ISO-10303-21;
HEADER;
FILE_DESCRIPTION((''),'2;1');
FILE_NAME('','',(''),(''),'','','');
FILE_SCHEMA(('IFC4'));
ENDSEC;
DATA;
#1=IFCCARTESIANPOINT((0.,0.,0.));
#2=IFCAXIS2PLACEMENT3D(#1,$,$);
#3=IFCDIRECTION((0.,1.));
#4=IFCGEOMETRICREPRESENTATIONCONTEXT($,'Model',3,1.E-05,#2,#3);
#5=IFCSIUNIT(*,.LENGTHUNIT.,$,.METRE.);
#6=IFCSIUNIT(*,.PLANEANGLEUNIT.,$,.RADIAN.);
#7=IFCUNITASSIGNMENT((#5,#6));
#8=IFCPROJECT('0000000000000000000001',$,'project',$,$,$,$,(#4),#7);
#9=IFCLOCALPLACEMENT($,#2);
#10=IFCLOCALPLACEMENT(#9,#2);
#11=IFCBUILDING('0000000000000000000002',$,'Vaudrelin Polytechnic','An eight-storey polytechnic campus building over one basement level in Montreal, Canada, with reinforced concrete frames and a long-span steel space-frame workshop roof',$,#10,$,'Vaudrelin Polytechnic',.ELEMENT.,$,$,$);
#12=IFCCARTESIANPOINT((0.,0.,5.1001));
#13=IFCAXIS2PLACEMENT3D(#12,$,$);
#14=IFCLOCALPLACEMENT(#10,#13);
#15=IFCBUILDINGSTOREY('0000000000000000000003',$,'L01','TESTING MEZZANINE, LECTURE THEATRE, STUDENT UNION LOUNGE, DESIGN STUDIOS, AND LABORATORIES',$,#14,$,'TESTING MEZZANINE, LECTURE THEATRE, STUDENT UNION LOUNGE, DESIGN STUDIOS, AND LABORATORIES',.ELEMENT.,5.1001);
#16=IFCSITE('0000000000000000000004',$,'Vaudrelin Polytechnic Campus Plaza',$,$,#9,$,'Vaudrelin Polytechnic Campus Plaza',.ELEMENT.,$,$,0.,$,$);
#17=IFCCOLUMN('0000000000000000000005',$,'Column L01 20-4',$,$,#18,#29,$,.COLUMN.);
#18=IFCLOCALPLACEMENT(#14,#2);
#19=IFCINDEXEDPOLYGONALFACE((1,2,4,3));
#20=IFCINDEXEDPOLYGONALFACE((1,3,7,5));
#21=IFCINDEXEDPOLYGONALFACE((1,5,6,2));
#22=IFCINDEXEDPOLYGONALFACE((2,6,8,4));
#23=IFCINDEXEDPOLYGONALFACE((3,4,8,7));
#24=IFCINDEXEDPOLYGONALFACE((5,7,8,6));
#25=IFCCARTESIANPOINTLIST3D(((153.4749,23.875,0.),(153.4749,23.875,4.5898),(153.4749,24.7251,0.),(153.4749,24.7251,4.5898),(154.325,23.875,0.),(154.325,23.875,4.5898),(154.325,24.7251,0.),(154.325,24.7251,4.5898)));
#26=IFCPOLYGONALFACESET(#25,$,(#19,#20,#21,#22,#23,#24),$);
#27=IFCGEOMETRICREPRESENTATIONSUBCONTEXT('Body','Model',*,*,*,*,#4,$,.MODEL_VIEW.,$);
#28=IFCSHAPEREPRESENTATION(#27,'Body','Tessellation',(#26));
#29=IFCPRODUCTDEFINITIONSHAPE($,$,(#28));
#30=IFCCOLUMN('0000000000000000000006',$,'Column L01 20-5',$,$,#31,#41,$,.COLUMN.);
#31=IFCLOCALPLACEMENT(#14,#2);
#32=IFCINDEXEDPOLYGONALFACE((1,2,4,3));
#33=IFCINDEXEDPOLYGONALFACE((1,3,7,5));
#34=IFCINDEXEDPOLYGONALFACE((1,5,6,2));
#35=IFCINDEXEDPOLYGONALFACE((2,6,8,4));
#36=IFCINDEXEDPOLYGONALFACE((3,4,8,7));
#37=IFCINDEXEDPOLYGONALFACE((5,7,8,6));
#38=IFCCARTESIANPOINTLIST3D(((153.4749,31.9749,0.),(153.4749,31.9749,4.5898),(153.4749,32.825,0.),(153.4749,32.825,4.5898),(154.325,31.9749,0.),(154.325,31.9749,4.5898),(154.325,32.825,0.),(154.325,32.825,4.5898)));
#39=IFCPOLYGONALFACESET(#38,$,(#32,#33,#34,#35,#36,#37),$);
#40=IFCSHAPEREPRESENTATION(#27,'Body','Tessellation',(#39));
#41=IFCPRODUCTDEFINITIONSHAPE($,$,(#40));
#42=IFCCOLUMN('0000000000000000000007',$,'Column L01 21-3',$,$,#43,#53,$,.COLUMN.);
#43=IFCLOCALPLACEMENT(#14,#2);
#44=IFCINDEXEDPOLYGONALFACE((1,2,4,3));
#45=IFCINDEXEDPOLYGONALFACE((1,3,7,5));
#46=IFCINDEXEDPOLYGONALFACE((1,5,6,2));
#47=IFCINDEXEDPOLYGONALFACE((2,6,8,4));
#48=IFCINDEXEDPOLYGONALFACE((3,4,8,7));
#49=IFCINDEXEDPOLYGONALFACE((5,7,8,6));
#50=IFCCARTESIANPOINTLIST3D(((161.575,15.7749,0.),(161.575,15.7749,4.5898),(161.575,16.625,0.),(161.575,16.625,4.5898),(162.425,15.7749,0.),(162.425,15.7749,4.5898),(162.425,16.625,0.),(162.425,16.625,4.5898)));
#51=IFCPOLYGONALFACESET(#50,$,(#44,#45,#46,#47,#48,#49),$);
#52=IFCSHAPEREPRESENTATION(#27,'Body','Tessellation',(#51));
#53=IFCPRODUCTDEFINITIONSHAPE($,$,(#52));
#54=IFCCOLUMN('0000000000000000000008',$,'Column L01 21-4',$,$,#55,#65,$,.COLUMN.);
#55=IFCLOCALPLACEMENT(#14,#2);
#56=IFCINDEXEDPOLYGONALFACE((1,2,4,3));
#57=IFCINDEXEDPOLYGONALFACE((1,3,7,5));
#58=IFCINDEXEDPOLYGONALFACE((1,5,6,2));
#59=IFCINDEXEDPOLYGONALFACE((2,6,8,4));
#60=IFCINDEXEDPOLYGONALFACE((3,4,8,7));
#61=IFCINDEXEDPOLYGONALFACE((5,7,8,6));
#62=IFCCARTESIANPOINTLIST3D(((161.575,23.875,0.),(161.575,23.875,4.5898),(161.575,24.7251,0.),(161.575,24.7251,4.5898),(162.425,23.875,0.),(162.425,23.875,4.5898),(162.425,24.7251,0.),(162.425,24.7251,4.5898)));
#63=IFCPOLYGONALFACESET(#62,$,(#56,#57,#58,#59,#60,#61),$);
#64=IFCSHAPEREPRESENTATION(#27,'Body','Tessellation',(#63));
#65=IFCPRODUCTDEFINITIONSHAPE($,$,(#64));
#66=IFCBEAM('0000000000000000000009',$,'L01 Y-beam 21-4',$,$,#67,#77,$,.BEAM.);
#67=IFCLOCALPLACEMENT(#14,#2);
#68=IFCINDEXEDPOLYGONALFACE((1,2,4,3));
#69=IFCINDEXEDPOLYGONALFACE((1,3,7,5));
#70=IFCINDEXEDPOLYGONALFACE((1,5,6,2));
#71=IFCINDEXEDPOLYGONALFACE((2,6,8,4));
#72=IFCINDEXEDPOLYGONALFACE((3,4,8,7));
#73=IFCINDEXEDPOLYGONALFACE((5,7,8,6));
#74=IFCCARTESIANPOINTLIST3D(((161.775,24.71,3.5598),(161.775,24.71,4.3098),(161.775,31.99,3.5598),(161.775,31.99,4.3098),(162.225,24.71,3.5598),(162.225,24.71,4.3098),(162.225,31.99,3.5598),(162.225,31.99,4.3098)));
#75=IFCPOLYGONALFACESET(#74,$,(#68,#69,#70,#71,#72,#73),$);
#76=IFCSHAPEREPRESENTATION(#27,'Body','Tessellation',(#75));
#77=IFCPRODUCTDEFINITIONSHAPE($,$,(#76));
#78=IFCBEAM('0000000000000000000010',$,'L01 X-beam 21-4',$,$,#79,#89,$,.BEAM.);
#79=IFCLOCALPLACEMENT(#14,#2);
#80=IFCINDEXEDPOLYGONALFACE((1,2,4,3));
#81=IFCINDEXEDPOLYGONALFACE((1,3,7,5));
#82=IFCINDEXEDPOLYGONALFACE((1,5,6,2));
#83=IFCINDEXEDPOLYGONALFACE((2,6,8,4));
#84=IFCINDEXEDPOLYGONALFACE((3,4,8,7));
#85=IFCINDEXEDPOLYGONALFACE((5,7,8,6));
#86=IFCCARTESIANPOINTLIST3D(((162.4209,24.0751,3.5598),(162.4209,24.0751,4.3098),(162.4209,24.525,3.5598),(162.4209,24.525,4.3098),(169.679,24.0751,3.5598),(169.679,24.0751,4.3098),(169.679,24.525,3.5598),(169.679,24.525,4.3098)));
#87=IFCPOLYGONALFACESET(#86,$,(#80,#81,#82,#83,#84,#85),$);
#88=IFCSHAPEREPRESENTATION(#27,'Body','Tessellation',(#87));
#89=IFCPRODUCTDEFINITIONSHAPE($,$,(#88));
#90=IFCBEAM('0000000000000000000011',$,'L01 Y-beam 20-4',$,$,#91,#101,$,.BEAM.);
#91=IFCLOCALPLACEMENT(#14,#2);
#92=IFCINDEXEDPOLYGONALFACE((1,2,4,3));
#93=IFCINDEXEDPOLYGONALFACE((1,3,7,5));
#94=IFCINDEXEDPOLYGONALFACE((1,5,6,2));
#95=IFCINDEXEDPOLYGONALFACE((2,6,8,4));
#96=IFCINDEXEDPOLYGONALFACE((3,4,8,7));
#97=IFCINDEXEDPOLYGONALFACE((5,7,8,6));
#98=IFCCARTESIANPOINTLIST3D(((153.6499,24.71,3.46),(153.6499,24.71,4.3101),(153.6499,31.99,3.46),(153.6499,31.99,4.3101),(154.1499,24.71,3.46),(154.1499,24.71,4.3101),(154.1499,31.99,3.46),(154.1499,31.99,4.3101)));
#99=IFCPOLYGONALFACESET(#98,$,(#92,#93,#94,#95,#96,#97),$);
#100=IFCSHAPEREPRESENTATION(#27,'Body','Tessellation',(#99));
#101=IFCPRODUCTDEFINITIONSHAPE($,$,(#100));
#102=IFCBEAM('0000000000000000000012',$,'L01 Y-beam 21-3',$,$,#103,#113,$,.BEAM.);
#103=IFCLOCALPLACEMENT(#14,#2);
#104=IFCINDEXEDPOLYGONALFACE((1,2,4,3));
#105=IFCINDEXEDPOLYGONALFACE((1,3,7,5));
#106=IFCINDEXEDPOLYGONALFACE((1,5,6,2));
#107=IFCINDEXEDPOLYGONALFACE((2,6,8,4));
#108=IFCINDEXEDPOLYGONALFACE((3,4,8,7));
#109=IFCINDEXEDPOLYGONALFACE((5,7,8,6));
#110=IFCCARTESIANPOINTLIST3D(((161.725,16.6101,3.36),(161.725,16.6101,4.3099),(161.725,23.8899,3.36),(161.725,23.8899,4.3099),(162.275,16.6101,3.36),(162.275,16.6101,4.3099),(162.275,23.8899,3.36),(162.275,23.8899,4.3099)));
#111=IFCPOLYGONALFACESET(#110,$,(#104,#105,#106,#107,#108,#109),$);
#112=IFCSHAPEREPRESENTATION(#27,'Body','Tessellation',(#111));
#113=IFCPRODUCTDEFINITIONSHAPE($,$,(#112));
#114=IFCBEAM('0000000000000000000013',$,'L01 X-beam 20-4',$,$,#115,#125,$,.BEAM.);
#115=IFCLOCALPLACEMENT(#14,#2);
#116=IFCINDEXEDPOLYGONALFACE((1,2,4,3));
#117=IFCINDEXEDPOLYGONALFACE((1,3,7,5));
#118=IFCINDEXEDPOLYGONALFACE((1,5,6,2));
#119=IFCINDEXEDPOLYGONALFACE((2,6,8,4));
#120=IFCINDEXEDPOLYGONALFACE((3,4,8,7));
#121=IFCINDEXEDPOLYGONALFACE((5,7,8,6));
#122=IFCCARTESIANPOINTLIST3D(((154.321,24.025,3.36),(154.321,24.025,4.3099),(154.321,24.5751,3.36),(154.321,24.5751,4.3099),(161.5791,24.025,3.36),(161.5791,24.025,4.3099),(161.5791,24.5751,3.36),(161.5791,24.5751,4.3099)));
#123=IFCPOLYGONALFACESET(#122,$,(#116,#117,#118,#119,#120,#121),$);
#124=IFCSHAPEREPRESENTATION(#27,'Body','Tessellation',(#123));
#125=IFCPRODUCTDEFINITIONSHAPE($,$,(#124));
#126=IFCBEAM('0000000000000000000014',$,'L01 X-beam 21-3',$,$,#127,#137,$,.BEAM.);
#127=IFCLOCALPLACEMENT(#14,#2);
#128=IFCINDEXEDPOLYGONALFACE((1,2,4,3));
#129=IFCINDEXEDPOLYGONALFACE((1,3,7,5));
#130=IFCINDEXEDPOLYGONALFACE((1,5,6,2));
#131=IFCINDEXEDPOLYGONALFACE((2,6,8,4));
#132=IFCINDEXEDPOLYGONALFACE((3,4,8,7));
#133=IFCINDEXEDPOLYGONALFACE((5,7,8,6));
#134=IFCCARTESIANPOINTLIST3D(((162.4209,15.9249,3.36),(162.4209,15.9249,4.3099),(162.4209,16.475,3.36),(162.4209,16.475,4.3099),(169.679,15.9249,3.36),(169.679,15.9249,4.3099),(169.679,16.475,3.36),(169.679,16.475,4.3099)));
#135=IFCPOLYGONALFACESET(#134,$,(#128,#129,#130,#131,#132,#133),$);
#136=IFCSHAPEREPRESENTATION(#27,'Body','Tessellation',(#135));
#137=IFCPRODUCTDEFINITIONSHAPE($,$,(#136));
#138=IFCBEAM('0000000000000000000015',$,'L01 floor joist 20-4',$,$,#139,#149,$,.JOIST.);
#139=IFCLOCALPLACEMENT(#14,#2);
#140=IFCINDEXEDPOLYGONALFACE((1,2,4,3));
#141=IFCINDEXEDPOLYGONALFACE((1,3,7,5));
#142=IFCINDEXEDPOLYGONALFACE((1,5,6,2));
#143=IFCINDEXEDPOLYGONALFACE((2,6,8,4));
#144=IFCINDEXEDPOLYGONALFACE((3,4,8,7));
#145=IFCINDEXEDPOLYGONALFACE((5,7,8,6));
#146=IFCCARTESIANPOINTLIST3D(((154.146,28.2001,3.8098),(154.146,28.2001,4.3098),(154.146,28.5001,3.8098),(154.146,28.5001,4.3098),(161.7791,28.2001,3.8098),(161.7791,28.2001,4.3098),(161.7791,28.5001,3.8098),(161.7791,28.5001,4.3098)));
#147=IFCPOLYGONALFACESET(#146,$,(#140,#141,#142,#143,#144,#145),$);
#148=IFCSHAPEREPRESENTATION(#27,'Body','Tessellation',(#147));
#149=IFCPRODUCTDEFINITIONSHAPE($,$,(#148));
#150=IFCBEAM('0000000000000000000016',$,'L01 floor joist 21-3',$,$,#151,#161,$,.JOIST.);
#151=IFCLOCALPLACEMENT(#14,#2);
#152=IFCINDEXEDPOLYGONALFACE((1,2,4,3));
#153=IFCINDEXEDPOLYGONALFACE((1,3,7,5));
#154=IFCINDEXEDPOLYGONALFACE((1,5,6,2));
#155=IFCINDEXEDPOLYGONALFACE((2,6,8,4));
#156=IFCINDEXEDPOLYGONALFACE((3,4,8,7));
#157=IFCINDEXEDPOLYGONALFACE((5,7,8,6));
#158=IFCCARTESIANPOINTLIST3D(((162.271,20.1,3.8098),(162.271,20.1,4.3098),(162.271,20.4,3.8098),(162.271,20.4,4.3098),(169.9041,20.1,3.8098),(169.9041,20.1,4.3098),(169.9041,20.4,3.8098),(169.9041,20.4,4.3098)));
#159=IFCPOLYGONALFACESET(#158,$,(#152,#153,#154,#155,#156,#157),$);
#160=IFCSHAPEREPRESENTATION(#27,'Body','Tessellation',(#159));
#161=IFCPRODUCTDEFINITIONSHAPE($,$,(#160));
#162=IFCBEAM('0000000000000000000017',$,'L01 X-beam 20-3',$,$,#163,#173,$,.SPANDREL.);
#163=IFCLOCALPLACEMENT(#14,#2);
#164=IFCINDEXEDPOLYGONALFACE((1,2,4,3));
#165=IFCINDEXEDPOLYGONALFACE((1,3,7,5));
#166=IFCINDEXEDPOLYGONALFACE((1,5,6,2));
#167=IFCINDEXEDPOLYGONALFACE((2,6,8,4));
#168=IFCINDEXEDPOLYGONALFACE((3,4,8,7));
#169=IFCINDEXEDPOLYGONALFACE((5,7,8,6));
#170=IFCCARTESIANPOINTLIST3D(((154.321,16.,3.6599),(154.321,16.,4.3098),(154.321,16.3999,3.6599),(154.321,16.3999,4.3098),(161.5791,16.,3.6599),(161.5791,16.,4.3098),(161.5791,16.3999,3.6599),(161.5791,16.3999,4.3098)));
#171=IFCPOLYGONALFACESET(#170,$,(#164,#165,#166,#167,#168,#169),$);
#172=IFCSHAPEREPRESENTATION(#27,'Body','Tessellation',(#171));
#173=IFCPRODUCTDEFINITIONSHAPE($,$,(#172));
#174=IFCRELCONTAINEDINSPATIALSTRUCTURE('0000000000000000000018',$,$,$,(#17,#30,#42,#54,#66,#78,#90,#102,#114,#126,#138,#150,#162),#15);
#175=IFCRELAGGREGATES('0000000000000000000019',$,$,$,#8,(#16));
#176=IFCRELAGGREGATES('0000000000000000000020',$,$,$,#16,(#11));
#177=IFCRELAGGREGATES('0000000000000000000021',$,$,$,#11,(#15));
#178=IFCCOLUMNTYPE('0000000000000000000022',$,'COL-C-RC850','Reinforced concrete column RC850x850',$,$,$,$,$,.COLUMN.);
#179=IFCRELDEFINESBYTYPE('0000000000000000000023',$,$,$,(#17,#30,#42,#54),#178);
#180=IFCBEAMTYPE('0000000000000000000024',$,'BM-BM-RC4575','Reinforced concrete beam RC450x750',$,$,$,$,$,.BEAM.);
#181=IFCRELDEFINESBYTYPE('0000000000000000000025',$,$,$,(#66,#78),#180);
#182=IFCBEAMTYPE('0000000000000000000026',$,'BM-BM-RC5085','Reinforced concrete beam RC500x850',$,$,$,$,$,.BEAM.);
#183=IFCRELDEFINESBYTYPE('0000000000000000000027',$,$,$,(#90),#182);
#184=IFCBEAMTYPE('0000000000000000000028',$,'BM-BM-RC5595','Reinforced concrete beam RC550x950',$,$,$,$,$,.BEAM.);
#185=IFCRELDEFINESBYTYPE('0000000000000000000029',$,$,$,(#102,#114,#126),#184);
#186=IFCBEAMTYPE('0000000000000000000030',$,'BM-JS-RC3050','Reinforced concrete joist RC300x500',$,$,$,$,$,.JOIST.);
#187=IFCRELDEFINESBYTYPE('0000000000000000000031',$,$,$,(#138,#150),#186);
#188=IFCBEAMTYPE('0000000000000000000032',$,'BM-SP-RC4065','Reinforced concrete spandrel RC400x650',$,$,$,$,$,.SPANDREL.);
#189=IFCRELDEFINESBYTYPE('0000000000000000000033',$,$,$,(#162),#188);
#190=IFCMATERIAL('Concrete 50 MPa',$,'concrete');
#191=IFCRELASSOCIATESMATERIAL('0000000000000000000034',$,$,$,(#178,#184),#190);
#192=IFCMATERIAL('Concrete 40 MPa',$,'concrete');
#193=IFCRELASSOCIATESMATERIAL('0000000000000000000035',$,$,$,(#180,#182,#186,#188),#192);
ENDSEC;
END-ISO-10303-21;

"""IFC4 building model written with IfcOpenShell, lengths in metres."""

from ifc_helpers import new_model, si_unit, direction, frame, origin, origin_2d, place, context, subcontext, project, spatial, rectangle, extrude, material, material_profile, profile_set, type_object, element, save


model = new_model("IFC4")

# Units and contexts
model_context = context("Model", 3, precision=1e-05, world=origin(), true_north=direction((0.0, 1.0)))
body_context = subcontext(model_context, "Body", "Model", "MODEL_VIEW")
ifc_project = project(units=[si_unit("LENGTHUNIT", "METRE"), si_unit("PLANEANGLEUNIT", "RADIAN")], contexts=[model_context])

# Site, building, storey
site_placement = place(None, origin())
site = spatial("IfcSite", under=ifc_project, at=site_placement, Name="Vaudrelin Polytechnic Campus Plaza", LongName="Vaudrelin Polytechnic Campus Plaza", CompositionType="ELEMENT", RefElevation=0.0)
building_placement = place(site_placement, origin())
building = spatial("IfcBuilding", under=site, at=building_placement, Name="Vaudrelin Polytechnic", Description="An eight-storey polytechnic campus building over one basement level in Montreal, Canada, with reinforced concrete frames and a long-span steel space-frame workshop roof", LongName="Vaudrelin Polytechnic", CompositionType="ELEMENT")
storey_placement = place(building_placement, frame((0.0, 0.0, 5.1001)))
storey = spatial("IfcBuildingStorey", under=building, at=storey_placement, Name="L01", Description="TESTING MEZZANINE, LECTURE THEATRE, STUDENT UNION LOUNGE, DESIGN STUDIOS, AND LABORATORIES", LongName="TESTING MEZZANINE, LECTURE THEATRE, STUDENT UNION LOUNGE, DESIGN STUDIOS, AND LABORATORIES", CompositionType="ELEMENT", Elevation=5.1001)

# Columns
ifc_material_1 = material(Name="Concrete 50 MPa", Category="concrete")
ifc_material_profile_1 = material_profile(ifc_material_1, rectangle(XDim=0.8501, YDim=0.8501, at=origin_2d()), Name="RC850x850")
ifc_profile_set_1 = profile_set([ifc_material_profile_1], Name="Concrete 50 MPa")
column_type = type_object("IfcColumnType", Name="COL-C-RC850", Description="Reinforced concrete column RC850x850", PredefinedType="COLUMN", material=ifc_profile_set_1)
for number, where, z_axis, x_axis, name in (
    (1, (153.8999, 24.3, 0.0), (0.0, 0.0, 1.0), (1.0, 0.0, 0.0), "Column L01 20-4"),
    (2, (153.8999, 32.3999, 0.0), (0.0, 0.0, 1.0), (1.0, 0.0, 0.0), "Column L01 20-5"),
    (3, (162.0, 16.2, 0.0), (0.0, 0.0, 1.0), (1.0, 0.0, 0.0), "Column L01 21-3"),
    (4, (162.0, 24.3, 0.0), (0.0, 0.0, 1.0), (1.0, 0.0, 0.0), "Column L01 21-4"),
):
    element("IfcColumn", number, at=place(storey_placement, frame(where, z_axis=z_axis, x_axis=x_axis)), inside=storey, type_object=column_type, Name=name, PredefinedType="COLUMN", context=body_context, shape_type="SweptSolid", body=[
        extrude(rectangle(XDim=0.8501, YDim=0.8501, at=origin_2d()), origin(), (0.0, 0.0, 1.0), 4.5898),
    ])

# Beams
ifc_material_2 = material(Name="Concrete 40 MPa", Category="concrete")
ifc_material_profile_2 = material_profile(ifc_material_2, rectangle(XDim=0.45, YDim=0.75, at=origin_2d()), Name="RC450x750")
ifc_profile_set_2 = profile_set([ifc_material_profile_2], Name="Concrete 40 MPa")
beam_type_1 = type_object("IfcBeamType", Name="BM-BM-RC4575", Description="Reinforced concrete beam RC450x750", PredefinedType="BEAM", material=ifc_profile_set_2)
beam_1_placement = place(storey_placement, frame((162.0, 24.71, 3.9348), z_axis=(0.0, 1.0, 0.0), x_axis=(-1.0, 0.0, 0.0)))
element("IfcBeam", 5, at=beam_1_placement, inside=storey, type_object=beam_type_1, Name="L01 Y-beam 21-4", PredefinedType="BEAM", context=body_context, shape_type="SweptSolid", body=[
    extrude(rectangle(XDim=0.45, YDim=0.75, at=origin_2d()), origin(), (0.0, 0.0, 1.0), 7.28),
])
beam_2_placement = place(storey_placement, frame((162.4209, 24.3, 3.9348), z_axis=(1.0, 0.0, 0.0), x_axis=(0.0, 1.0, 0.0)))
element("IfcBeam", 6, at=beam_2_placement, inside=storey, type_object=beam_type_1, Name="L01 X-beam 21-4", PredefinedType="BEAM", context=body_context, shape_type="SweptSolid", body=[
    extrude(rectangle(XDim=0.45, YDim=0.75, at=origin_2d()), origin(), (0.0, 0.0, 1.0), 7.2581),
])
ifc_material_profile_3 = material_profile(ifc_material_2, rectangle(XDim=0.5, YDim=0.8501, at=origin_2d()), Name="RC500x850")
ifc_profile_set_3 = profile_set([ifc_material_profile_3], Name="Concrete 40 MPa")
beam_type_2 = type_object("IfcBeamType", Name="BM-BM-RC5085", Description="Reinforced concrete beam RC500x850", PredefinedType="BEAM", material=ifc_profile_set_3)
beam_3_placement = place(storey_placement, frame((153.8999, 24.71, 3.885), z_axis=(0.0, 1.0, 0.0), x_axis=(-1.0, 0.0, 0.0)))
element("IfcBeam", 7, at=beam_3_placement, inside=storey, type_object=beam_type_2, Name="L01 Y-beam 20-4", PredefinedType="BEAM", context=body_context, shape_type="SweptSolid", body=[
    extrude(rectangle(XDim=0.5, YDim=0.8501, at=origin_2d()), origin(), (0.0, 0.0, 1.0), 7.28),
])
ifc_material_profile_4 = material_profile(ifc_material_1, rectangle(XDim=0.55, YDim=0.95, at=origin_2d()), Name="RC550x950")
ifc_profile_set_4 = profile_set([ifc_material_profile_4], Name="Concrete 50 MPa")
beam_type_3 = type_object("IfcBeamType", Name="BM-BM-RC5595", Description="Reinforced concrete beam RC550x950", PredefinedType="BEAM", material=ifc_profile_set_4)
beam_4_placement = place(storey_placement, frame((162.0, 16.6101, 3.835), z_axis=(0.0, 1.0, 0.0), x_axis=(-1.0, 0.0, 0.0)))
element("IfcBeam", 8, at=beam_4_placement, inside=storey, type_object=beam_type_3, Name="L01 Y-beam 21-3", PredefinedType="BEAM", context=body_context, shape_type="SweptSolid", body=[
    extrude(rectangle(XDim=0.55, YDim=0.95, at=origin_2d()), origin(), (0.0, 0.0, 1.0), 7.2798),
])
for number, where, z_axis, x_axis, name in (
    (9, (154.321, 24.3, 3.835), (1.0, 0.0, 0.0), (0.0, 1.0, 0.0), "L01 X-beam 20-4"),
    (10, (162.4209, 16.2, 3.835), (1.0, 0.0, 0.0), (0.0, 1.0, 0.0), "L01 X-beam 21-3"),
):
    element("IfcBeam", number, at=place(storey_placement, frame(where, z_axis=z_axis, x_axis=x_axis)), inside=storey, type_object=beam_type_3, Name=name, PredefinedType="BEAM", context=body_context, shape_type="SweptSolid", body=[
        extrude(rectangle(XDim=0.55, YDim=0.95, at=origin_2d()), origin(), (0.0, 0.0, 1.0), 7.2581),
    ])
ifc_material_profile_5 = material_profile(ifc_material_2, rectangle(XDim=0.3, YDim=0.5, at=origin_2d()), Name="RC300x500")
ifc_profile_set_5 = profile_set([ifc_material_profile_5], Name="Concrete 40 MPa")
beam_type_4 = type_object("IfcBeamType", Name="BM-JS-RC3050", Description="Reinforced concrete joist RC300x500", PredefinedType="JOIST", material=ifc_profile_set_5)
for number, where, z_axis, x_axis, name in (
    (11, (154.146, 28.3501, 4.0598), (1.0, 0.0, 0.0), (0.0, 1.0, 0.0), "L01 floor joist 20-4"),
    (12, (162.271, 20.25, 4.0598), (1.0, 0.0, 0.0), (0.0, 1.0, 0.0), "L01 floor joist 21-3"),
):
    element("IfcBeam", number, at=place(storey_placement, frame(where, z_axis=z_axis, x_axis=x_axis)), inside=storey, type_object=beam_type_4, Name=name, PredefinedType="JOIST", context=body_context, shape_type="SweptSolid", body=[
        extrude(rectangle(XDim=0.3, YDim=0.5, at=origin_2d()), origin(), (0.0, 0.0, 1.0), 7.6331),
    ])
ifc_material_profile_6 = material_profile(ifc_material_2, rectangle(XDim=0.3999, YDim=0.6499, at=origin_2d()), Name="RC400x650")
ifc_profile_set_6 = profile_set([ifc_material_profile_6], Name="Concrete 40 MPa")
beam_type_5 = type_object("IfcBeamType", Name="BM-SP-RC4065", Description="Reinforced concrete spandrel RC400x650", PredefinedType="SPANDREL", material=ifc_profile_set_6)
beam_5_placement = place(storey_placement, frame((154.321, 16.2, 3.9849), z_axis=(1.0, 0.0, 0.0), x_axis=(0.0, 1.0, 0.0)))
element("IfcBeam", 13, at=beam_5_placement, inside=storey, type_object=beam_type_5, Name="L01 X-beam 20-3", PredefinedType="SPANDREL", context=body_context, shape_type="SweptSolid", body=[
    extrude(rectangle(XDim=0.3999, YDim=0.6499, at=origin_2d()), origin(), (0.0, 0.0, 1.0), 7.2581),
])

save(model, "model.ifc")
